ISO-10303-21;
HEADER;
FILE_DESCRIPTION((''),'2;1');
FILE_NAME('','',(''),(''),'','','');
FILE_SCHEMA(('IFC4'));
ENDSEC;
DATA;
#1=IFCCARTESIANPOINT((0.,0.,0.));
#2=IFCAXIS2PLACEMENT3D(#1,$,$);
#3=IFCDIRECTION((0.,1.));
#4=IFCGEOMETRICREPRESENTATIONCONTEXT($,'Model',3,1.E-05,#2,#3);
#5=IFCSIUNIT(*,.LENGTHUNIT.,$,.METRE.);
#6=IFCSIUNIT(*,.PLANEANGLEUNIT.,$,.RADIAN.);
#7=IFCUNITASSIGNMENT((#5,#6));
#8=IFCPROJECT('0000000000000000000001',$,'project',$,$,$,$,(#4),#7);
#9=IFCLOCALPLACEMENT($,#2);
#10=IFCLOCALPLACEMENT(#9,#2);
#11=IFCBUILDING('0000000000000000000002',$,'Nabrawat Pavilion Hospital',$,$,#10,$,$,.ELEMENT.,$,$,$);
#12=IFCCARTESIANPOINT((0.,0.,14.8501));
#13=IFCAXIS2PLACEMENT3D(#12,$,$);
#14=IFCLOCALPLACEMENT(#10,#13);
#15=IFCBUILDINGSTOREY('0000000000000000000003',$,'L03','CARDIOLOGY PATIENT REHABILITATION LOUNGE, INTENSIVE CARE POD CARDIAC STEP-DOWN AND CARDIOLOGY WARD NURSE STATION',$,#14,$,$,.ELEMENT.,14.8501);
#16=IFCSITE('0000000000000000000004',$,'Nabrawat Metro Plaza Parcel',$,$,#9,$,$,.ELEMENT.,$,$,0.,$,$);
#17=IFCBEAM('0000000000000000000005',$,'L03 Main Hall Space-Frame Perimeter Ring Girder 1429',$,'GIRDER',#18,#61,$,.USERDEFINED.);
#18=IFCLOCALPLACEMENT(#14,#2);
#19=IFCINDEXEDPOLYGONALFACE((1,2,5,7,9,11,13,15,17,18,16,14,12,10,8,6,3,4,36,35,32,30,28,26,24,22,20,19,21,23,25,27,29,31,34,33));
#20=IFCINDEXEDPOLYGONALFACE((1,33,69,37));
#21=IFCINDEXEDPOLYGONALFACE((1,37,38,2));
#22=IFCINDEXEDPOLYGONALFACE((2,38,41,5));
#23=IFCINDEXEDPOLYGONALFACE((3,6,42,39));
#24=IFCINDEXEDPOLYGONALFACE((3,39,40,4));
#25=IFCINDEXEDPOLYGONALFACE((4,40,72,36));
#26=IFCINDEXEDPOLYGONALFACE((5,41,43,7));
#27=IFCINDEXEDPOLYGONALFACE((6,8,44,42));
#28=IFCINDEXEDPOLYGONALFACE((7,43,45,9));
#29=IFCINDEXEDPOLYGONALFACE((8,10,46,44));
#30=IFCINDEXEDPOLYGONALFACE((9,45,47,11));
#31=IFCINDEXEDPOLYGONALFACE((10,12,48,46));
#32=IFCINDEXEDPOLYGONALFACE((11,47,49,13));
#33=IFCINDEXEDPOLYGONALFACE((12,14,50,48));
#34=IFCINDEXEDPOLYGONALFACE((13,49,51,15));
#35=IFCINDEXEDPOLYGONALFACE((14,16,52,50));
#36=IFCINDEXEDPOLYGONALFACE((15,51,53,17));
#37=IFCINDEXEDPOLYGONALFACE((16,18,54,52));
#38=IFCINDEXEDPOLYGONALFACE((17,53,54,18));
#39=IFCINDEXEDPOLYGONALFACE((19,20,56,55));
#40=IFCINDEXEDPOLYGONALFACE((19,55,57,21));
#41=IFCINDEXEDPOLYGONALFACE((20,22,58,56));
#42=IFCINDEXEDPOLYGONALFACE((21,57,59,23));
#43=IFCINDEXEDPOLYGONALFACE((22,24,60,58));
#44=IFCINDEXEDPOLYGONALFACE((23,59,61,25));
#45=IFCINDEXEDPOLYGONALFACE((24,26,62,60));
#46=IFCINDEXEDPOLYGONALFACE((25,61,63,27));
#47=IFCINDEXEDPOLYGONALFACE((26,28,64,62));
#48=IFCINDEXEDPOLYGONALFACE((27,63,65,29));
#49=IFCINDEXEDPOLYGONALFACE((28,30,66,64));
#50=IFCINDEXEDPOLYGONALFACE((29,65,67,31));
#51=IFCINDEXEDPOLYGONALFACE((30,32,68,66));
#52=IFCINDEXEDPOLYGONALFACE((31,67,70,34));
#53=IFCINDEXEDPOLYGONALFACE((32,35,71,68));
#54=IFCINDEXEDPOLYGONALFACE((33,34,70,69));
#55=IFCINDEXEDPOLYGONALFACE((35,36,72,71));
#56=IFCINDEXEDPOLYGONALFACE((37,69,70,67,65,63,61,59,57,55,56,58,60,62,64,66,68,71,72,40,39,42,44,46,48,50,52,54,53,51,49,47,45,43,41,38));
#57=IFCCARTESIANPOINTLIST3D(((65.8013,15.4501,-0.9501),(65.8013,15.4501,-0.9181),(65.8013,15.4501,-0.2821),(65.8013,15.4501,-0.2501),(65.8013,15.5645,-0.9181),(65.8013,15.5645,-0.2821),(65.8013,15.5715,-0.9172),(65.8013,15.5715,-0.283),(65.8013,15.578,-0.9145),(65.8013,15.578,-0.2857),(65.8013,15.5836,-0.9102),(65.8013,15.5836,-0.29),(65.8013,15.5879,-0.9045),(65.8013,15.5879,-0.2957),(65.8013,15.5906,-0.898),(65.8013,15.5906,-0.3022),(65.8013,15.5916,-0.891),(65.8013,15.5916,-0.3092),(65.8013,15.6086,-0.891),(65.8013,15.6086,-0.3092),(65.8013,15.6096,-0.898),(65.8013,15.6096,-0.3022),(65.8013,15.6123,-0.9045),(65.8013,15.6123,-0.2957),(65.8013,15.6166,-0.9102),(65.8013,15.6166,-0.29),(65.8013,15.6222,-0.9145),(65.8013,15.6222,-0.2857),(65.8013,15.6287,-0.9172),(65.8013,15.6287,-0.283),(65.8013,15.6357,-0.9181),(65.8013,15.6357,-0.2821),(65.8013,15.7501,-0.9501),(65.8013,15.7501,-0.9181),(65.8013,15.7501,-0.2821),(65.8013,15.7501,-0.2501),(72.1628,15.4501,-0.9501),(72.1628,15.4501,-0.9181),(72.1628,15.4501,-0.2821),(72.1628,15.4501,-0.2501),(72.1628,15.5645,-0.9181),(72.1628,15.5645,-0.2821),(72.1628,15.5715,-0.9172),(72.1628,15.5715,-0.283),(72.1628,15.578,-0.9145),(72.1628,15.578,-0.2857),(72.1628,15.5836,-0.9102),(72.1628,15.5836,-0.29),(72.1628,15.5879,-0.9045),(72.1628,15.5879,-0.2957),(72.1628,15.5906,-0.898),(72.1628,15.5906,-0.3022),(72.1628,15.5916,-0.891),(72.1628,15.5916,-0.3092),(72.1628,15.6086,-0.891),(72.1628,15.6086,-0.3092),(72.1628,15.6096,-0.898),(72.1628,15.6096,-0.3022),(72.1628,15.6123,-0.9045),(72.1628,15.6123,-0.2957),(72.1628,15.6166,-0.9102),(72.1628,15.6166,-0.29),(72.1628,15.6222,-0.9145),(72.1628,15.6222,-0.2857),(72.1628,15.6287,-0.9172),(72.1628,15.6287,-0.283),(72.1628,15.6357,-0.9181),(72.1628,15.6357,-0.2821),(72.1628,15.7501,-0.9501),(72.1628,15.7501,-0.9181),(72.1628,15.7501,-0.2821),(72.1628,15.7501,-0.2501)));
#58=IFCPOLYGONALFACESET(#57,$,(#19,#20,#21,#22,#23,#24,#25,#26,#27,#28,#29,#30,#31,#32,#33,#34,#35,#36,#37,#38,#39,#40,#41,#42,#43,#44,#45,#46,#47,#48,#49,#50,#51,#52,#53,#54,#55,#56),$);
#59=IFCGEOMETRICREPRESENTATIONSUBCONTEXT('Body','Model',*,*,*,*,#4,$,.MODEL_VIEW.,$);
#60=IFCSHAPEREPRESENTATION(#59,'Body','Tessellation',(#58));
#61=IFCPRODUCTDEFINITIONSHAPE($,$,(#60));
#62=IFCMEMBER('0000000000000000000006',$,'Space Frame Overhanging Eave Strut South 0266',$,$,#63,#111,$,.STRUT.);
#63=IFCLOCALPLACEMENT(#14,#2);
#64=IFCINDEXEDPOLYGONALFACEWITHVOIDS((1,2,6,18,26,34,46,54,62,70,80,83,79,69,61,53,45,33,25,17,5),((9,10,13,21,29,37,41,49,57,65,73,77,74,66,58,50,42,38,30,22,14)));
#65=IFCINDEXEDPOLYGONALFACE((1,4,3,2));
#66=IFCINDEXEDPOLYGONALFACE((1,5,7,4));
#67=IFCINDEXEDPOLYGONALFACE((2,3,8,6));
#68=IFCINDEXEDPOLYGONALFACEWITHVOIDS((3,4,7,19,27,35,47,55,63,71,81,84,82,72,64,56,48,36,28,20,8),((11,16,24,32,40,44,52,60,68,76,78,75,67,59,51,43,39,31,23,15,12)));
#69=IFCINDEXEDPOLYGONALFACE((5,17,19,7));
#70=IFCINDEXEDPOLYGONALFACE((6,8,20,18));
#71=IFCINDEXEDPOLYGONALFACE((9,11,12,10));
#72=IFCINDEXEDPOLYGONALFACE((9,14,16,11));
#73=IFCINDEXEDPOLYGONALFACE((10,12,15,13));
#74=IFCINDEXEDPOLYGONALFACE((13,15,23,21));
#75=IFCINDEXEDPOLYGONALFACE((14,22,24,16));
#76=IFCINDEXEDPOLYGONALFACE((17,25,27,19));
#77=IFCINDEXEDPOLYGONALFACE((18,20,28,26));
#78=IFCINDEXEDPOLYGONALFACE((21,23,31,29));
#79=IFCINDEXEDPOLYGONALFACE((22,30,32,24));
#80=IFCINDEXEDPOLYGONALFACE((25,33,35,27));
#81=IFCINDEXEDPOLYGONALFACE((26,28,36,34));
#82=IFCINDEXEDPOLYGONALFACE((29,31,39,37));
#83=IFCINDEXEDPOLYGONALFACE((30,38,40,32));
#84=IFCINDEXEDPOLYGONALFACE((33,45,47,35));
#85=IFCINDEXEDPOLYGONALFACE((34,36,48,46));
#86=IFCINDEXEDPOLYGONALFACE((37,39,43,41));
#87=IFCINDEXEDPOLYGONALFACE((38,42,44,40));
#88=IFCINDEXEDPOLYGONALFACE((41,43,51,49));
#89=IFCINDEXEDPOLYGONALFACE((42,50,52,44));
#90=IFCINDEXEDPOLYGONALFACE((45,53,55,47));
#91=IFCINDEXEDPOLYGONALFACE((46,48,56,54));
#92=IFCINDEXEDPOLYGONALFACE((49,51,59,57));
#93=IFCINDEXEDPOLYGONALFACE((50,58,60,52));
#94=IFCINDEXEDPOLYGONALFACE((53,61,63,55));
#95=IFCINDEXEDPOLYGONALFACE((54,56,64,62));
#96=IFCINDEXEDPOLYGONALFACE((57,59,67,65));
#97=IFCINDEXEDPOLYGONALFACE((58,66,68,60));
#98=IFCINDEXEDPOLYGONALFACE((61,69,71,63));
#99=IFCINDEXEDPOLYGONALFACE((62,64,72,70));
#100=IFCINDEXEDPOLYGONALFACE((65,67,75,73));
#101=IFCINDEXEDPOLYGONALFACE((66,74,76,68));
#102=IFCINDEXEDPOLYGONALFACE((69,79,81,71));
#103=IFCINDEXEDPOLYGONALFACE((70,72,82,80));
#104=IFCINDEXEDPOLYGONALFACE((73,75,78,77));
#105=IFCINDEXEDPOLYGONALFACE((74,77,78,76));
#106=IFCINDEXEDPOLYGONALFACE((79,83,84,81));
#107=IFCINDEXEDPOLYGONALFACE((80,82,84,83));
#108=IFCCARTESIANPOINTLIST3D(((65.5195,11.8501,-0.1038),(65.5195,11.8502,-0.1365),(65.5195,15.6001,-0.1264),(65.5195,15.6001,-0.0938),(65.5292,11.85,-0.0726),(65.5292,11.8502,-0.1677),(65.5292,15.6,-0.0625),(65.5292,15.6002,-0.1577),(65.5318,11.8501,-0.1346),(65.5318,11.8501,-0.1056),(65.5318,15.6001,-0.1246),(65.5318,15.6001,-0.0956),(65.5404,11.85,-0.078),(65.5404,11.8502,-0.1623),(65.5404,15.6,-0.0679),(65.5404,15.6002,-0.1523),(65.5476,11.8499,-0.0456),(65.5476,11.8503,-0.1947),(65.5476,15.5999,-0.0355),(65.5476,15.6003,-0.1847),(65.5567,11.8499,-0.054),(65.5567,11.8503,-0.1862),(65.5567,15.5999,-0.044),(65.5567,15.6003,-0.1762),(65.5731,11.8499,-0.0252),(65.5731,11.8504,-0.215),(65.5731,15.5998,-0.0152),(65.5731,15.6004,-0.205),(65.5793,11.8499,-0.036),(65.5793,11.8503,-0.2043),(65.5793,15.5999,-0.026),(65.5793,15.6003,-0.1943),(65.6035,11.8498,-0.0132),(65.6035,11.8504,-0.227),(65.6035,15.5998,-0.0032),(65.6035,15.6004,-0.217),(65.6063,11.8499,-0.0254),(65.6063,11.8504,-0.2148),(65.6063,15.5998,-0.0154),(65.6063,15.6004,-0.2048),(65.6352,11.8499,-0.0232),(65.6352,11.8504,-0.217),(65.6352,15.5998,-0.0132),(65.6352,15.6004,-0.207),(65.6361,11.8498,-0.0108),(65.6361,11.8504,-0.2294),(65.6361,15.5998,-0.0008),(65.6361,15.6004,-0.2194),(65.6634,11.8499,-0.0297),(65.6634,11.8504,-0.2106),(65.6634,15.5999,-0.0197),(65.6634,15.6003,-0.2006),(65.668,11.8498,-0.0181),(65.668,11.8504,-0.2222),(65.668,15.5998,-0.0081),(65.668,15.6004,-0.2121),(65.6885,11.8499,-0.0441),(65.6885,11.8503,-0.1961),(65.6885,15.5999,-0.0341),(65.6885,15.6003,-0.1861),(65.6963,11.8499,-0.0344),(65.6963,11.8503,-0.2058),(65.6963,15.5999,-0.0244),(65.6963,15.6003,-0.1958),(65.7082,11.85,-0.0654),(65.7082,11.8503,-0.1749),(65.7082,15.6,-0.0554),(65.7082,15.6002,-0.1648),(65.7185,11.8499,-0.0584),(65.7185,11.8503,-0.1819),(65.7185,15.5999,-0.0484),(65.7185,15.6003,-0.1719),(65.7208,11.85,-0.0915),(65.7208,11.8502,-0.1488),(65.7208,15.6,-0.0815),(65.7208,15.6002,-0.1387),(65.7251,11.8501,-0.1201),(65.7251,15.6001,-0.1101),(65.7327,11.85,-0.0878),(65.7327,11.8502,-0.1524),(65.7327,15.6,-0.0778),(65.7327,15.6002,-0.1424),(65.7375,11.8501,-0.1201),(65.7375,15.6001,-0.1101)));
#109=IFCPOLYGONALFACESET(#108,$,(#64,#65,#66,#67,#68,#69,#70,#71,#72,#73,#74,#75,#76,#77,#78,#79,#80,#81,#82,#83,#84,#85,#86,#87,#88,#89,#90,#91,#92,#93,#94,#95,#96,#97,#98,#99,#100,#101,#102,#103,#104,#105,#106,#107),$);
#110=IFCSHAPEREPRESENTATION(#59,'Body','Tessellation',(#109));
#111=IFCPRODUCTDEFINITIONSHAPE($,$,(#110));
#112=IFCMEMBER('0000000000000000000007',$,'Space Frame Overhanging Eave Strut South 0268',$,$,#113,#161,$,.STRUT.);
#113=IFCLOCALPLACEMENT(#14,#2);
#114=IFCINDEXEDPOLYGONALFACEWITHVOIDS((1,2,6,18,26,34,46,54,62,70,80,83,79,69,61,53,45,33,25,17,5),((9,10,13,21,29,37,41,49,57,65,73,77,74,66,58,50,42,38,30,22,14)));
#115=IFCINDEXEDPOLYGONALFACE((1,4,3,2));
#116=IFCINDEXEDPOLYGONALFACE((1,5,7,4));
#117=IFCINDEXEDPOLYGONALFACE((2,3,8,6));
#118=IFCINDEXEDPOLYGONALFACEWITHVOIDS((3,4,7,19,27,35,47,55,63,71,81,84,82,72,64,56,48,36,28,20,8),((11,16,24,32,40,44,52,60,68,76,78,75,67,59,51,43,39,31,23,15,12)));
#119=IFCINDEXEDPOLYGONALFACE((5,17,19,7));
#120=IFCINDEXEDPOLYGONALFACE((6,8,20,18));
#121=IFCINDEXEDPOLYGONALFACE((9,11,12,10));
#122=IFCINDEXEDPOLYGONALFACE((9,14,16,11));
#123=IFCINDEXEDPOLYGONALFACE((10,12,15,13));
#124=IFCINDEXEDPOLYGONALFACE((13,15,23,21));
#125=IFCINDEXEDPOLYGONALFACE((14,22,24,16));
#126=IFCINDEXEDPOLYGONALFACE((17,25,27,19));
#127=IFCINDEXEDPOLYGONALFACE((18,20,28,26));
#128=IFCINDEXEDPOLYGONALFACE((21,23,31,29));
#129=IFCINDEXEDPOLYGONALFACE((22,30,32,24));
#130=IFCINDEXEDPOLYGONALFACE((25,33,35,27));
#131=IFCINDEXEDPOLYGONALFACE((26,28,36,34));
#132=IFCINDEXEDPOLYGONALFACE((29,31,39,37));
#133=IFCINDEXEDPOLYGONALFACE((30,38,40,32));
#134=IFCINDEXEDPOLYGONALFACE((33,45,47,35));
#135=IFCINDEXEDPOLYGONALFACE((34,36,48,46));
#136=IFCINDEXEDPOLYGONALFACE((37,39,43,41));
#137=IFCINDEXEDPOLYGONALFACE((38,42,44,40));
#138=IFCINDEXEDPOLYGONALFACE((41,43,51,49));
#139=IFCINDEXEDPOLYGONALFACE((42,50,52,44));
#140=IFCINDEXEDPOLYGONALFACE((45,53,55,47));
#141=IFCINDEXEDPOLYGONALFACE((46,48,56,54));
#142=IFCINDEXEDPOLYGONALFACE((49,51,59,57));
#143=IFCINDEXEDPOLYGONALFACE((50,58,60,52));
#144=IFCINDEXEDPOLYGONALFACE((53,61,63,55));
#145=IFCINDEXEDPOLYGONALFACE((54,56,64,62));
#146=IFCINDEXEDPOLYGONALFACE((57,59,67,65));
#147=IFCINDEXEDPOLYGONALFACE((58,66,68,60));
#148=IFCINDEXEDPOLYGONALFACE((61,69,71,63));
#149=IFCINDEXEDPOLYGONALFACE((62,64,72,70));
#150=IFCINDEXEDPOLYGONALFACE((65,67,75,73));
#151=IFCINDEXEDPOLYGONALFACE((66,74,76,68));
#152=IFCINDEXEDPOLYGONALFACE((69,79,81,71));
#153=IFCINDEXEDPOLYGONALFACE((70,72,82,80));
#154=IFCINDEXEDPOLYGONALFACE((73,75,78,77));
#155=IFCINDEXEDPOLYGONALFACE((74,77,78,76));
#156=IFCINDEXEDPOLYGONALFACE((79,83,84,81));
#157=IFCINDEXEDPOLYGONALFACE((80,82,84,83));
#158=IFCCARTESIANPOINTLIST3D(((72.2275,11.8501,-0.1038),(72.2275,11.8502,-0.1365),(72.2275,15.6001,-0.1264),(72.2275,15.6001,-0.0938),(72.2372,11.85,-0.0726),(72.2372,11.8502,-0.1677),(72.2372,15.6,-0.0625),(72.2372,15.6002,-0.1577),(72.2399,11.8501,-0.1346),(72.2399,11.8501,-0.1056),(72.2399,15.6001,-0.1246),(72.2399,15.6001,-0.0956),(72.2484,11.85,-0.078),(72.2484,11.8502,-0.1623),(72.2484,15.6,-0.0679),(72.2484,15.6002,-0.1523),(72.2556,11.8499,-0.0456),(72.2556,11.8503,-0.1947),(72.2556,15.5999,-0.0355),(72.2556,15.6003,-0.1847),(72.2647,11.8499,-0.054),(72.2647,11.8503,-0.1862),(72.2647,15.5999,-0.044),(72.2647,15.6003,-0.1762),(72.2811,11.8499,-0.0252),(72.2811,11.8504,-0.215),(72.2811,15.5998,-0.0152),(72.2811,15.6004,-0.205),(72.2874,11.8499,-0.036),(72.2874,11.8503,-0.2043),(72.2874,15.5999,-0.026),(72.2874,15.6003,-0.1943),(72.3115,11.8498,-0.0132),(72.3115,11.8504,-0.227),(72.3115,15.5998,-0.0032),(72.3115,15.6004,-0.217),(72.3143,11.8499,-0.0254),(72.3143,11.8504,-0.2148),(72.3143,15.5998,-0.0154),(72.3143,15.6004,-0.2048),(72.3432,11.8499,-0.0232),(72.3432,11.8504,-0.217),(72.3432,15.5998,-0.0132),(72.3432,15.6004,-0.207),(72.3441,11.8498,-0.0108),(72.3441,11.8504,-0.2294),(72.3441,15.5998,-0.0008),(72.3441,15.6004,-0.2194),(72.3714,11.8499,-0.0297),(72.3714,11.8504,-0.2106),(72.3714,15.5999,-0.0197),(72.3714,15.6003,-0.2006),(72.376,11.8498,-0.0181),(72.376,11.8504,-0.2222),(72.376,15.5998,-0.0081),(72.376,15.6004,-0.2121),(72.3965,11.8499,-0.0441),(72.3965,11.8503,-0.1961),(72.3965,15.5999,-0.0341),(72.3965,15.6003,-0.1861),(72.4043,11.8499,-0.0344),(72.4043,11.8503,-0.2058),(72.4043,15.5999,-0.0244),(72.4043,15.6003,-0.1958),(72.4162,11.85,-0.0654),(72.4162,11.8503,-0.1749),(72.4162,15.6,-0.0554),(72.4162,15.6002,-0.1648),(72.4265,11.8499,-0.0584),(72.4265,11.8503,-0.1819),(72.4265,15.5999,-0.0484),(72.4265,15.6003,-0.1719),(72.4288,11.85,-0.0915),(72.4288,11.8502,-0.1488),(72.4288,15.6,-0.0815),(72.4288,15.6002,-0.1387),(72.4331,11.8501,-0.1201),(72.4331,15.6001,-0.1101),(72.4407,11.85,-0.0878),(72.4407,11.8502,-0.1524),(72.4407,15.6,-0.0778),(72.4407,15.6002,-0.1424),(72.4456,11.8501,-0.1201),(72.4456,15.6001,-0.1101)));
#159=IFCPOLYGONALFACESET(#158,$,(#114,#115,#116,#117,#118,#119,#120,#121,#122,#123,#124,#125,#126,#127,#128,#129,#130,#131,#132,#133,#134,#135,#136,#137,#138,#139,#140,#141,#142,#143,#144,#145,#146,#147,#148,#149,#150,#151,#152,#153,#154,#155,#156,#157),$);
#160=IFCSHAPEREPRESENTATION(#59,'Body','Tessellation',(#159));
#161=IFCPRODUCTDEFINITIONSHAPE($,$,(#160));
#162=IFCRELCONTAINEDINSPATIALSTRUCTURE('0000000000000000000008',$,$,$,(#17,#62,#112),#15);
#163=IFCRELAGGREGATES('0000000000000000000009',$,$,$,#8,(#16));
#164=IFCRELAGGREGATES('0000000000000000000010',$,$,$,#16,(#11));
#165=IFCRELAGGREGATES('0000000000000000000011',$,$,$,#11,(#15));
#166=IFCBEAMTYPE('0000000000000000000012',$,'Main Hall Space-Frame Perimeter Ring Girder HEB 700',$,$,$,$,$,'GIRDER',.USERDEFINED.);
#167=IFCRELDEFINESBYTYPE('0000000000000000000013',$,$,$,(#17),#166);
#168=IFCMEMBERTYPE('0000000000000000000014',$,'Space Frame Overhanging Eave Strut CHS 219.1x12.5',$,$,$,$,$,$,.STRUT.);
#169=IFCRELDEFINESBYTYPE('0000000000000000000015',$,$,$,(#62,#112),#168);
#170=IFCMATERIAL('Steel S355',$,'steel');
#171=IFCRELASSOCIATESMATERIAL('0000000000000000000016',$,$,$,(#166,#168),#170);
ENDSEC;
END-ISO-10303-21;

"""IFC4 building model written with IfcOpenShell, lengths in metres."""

from ifc_helpers import new_model, si_unit, direction, frame, origin, origin_2d, place, context, subcontext, project, spatial, hollow_circle, i_section, extrude, material, material_profile, profile_set, type_object, element, save


model = new_model("IFC4")

# Units and contexts
model_context = context("Model", 3, precision=1e-05, world=origin(), true_north=direction((0.0, 1.0)))
body_context = subcontext(model_context, "Body", "Model", "MODEL_VIEW")
ifc_project = project(units=[si_unit("LENGTHUNIT", "METRE"), si_unit("PLANEANGLEUNIT", "RADIAN")], contexts=[model_context])

# Site, building, storey
site_placement = place(None, origin())
site = spatial("IfcSite", under=ifc_project, at=site_placement, Name="Nabrawat Metro Plaza Parcel", CompositionType="ELEMENT", RefElevation=0.0)
building_placement = place(site_placement, origin())
building = spatial("IfcBuilding", under=site, at=building_placement, Name="Nabrawat Pavilion Hospital", CompositionType="ELEMENT")
storey_placement = place(building_placement, frame((0.0, 0.0, 14.8501)))
storey = spatial("IfcBuildingStorey", under=building, at=storey_placement, Name="L03", Description="CARDIOLOGY PATIENT REHABILITATION LOUNGE, INTENSIVE CARE POD CARDIAC STEP-DOWN AND CARDIOLOGY WARD NURSE STATION", CompositionType="ELEMENT", Elevation=14.8501)

# Beam
ifc_material = material(Name="Steel S355", Category="steel")
ifc_material_profile_1 = material_profile(ifc_material, i_section(OverallWidth=0.3, OverallDepth=0.7, WebThickness=0.0171, FlangeThickness=0.032, FilletRadius=0.0271, at=origin_2d()), Name="HEB 700")
ifc_profile_set_1 = profile_set([ifc_material_profile_1], Name="Steel S355")
beam_type = type_object("IfcBeamType", Name="Main Hall Space-Frame Perimeter Ring Girder HEB 700", ElementType="GIRDER", PredefinedType="USERDEFINED", material=ifc_profile_set_1)
beam_placement = place(storey_placement, frame((65.8013, 15.6001, -0.6001), z_axis=(1.0, 0.0, 0.0), x_axis=(0.0, 1.0, 0.0)))
element("IfcBeam", 1, at=beam_placement, inside=storey, type_object=beam_type, Name="L03 Main Hall Space-Frame Perimeter Ring Girder 1429", ObjectType="GIRDER", PredefinedType="USERDEFINED", context=body_context, shape_type="SweptSolid", body=[
    extrude(i_section(OverallWidth=0.3, OverallDepth=0.7, WebThickness=0.0171, FlangeThickness=0.032, FilletRadius=0.0271, at=origin_2d()), origin(), (0.0, 0.0, 1.0), 6.3616),
])

# Members
ifc_material_profile_2 = material_profile(ifc_material, hollow_circle(Radius=0.1096, WallThickness=0.0125, at=origin_2d()), Name="CHS 219.1x12.5")
ifc_profile_set_2 = profile_set([ifc_material_profile_2], Name="Steel S355")
member_type_1 = type_object("IfcMemberType", Name="Space Frame Overhanging Eave Strut CHS 219.1x12.5", PredefinedType="STRUT", material=ifc_profile_set_2)
for number, where, z_axis, x_axis, name in (
    (2, (65.6279, 15.6001, -0.1101), (0.0, -0.999996, -0.002669), (1.0, 0.0, 0.0), "Space Frame Overhanging Eave Strut South 0266"),
    (3, (72.3359, 15.6001, -0.1101), (0.0, -0.999996, -0.002669), (1.0, 0.0, 0.0), "Space Frame Overhanging Eave Strut South 0268"),
):
    element("IfcMember", number, at=place(storey_placement, frame(where, z_axis=z_axis, x_axis=x_axis)), inside=storey, type_object=member_type_1, Name=name, PredefinedType="STRUT", context=body_context, shape_type="SweptSolid", body=[
        extrude(hollow_circle(Radius=0.1096, WallThickness=0.0125, at=origin_2d()), origin(), (0.0, 0.0, 1.0), 3.75),
    ])

save(model, "model.ifc")
